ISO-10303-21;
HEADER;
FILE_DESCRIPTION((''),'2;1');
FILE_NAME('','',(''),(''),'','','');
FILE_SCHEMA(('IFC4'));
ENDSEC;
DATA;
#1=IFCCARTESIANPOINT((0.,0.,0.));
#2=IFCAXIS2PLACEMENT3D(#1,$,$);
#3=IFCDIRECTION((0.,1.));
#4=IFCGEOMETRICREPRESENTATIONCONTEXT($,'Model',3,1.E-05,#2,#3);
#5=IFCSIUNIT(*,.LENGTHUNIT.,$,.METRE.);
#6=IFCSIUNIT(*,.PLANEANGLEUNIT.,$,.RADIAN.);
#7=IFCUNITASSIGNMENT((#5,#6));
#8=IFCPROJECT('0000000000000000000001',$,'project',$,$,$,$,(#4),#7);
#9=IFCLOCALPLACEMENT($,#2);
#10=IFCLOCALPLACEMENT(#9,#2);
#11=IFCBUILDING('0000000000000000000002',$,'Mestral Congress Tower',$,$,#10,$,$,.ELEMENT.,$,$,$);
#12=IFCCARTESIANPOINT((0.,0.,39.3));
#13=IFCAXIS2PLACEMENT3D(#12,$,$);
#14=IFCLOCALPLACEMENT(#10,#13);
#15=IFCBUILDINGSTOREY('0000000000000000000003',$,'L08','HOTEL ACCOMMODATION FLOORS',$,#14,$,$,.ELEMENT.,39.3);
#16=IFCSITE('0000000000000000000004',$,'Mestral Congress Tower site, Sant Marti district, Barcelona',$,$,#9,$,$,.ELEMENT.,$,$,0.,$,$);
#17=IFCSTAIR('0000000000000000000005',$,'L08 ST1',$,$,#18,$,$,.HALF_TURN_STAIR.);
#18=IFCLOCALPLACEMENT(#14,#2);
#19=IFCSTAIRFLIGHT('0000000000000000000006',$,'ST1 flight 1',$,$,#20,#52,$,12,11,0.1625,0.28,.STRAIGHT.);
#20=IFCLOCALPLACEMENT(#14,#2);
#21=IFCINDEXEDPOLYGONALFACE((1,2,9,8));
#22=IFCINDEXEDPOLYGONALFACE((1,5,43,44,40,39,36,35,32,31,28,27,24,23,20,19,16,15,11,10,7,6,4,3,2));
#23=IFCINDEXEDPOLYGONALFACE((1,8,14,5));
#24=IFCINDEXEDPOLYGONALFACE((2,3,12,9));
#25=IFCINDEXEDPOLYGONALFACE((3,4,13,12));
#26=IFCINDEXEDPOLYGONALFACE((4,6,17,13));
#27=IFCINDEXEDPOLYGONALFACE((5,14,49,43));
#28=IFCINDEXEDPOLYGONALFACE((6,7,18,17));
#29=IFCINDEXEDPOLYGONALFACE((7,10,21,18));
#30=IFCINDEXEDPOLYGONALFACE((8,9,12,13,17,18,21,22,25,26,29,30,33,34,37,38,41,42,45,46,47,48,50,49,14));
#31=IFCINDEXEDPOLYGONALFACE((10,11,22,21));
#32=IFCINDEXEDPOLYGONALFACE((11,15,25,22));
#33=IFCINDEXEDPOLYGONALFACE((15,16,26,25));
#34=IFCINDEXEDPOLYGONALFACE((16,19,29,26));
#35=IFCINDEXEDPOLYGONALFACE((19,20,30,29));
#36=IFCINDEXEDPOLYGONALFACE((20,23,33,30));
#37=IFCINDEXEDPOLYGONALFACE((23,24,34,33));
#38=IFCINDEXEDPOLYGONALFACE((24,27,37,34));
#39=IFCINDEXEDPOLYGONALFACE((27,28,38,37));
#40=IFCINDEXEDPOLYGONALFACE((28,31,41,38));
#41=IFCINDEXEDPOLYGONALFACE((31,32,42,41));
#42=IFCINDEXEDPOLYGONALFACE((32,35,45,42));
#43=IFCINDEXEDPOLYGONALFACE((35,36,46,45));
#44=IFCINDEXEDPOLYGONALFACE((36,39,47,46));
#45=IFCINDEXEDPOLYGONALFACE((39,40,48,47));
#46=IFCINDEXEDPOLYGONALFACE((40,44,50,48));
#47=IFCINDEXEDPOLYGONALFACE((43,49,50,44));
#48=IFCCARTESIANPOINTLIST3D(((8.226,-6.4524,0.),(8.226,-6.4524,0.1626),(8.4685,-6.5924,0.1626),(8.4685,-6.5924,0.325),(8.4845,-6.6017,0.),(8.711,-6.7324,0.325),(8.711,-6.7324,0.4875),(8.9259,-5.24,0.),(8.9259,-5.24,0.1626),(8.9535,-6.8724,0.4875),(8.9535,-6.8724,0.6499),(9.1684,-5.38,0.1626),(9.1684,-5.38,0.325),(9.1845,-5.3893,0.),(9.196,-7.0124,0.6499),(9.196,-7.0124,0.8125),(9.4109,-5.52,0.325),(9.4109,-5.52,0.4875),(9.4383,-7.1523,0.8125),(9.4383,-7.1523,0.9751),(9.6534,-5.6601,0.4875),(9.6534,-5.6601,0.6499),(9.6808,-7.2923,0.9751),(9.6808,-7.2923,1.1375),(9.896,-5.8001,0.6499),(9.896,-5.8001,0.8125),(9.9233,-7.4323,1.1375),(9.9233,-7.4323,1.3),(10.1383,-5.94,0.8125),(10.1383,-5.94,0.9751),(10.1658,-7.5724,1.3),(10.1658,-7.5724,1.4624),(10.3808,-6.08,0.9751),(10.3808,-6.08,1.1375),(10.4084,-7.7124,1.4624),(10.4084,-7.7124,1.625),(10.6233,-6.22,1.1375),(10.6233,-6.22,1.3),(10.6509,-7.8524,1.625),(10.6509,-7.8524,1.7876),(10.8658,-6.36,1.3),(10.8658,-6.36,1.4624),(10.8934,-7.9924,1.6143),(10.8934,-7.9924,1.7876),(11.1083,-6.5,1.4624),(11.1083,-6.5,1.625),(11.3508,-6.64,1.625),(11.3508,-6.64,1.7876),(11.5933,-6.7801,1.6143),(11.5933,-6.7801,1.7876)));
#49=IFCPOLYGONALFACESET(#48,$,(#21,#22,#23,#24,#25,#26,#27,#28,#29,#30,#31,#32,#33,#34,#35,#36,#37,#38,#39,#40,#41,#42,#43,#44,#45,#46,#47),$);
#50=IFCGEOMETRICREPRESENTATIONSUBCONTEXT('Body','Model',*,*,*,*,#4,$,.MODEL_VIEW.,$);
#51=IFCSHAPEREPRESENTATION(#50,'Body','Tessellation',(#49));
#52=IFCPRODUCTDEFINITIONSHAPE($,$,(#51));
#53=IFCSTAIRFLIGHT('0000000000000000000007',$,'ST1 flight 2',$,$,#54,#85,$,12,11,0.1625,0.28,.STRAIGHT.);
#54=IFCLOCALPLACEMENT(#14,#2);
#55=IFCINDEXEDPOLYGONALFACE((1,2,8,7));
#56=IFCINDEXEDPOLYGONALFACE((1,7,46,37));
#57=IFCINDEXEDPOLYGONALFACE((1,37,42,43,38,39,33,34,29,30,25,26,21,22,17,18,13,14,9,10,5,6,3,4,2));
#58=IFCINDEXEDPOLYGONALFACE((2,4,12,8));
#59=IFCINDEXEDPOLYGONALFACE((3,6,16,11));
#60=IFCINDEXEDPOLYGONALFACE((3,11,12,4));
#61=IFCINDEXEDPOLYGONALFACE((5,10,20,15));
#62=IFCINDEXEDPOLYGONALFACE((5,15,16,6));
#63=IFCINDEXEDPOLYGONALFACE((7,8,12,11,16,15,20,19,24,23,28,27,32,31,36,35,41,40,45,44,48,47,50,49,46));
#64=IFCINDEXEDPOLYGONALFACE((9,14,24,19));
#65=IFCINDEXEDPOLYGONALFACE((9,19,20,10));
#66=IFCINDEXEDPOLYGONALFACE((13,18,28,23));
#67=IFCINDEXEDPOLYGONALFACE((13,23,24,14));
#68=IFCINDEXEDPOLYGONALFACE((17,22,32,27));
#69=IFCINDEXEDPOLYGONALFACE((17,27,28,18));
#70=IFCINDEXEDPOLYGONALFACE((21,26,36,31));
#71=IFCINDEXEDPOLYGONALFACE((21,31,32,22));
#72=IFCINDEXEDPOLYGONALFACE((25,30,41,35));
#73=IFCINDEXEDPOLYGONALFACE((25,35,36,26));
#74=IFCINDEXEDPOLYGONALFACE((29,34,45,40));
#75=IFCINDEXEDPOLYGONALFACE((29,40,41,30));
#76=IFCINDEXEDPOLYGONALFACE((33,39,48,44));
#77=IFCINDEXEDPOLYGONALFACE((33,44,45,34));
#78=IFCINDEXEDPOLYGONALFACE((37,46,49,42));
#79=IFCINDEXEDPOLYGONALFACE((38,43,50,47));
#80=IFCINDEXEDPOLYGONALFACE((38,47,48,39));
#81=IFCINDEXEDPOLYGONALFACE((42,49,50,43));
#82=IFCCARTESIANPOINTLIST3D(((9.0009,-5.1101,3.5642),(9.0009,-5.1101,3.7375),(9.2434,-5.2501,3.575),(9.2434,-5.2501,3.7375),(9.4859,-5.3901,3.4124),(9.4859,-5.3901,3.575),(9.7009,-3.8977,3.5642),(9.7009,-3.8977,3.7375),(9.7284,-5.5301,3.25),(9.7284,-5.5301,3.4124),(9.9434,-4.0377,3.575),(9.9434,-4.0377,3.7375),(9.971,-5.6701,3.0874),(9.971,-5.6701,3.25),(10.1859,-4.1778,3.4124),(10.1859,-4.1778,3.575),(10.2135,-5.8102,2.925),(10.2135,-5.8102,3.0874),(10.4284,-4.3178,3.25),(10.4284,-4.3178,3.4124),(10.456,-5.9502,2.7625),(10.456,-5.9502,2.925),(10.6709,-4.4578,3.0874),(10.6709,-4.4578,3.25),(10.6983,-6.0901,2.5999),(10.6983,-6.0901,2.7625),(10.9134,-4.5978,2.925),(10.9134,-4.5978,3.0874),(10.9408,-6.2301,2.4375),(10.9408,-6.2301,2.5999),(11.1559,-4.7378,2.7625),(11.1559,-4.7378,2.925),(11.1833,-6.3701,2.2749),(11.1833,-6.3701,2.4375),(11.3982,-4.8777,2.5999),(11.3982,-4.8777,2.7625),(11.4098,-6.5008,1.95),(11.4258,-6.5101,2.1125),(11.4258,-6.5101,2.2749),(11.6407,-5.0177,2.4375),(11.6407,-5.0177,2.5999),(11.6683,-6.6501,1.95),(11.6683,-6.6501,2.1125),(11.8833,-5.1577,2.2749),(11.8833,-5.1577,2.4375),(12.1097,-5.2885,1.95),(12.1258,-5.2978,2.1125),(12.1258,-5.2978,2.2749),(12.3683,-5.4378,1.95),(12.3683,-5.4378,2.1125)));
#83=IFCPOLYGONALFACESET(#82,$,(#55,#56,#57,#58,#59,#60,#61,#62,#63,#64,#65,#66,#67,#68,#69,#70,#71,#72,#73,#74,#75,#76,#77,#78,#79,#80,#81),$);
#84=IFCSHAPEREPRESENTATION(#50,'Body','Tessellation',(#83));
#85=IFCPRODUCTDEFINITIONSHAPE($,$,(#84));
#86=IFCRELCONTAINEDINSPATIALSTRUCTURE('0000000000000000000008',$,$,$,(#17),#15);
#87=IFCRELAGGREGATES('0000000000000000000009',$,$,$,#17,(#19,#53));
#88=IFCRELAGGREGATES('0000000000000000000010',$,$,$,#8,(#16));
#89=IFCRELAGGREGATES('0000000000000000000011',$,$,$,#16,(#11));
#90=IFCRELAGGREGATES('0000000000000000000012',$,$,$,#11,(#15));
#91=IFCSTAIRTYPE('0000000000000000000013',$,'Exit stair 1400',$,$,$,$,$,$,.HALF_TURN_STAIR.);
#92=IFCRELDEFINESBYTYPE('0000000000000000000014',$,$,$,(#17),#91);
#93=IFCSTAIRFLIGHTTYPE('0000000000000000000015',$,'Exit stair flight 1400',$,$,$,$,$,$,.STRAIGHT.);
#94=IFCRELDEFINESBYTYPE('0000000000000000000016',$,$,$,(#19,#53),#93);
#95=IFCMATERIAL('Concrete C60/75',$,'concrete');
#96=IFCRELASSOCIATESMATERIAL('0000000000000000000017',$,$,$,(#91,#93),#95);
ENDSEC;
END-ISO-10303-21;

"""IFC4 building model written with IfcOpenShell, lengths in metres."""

from ifc_helpers import new_model, si_unit, direction, frame, origin, place, context, subcontext, project, spatial, polyline, outline, extrude, material, type_object, element, aggregate, save


model = new_model("IFC4")

# Units and contexts
model_context = context("Model", 3, precision=1e-05, world=origin(), true_north=direction((0.0, 1.0)))
body_context = subcontext(model_context, "Body", "Model", "MODEL_VIEW")
ifc_project = project(units=[si_unit("LENGTHUNIT", "METRE"), si_unit("PLANEANGLEUNIT", "RADIAN")], contexts=[model_context])

# Site, building, storey
site_placement = place(None, origin())
site = spatial("IfcSite", under=ifc_project, at=site_placement, Name="Mestral Congress Tower site, Sant Marti district, Barcelona", CompositionType="ELEMENT", RefElevation=0.0)
building_placement = place(site_placement, origin())
building = spatial("IfcBuilding", under=site, at=building_placement, Name="Mestral Congress Tower", CompositionType="ELEMENT")
storey_placement = place(building_placement, frame((0.0, 0.0, 39.3)))
storey = spatial("IfcBuildingStorey", under=building, at=storey_placement, Name="L08", Description="HOTEL ACCOMMODATION FLOORS", CompositionType="ELEMENT", Elevation=39.3)

# Shared definitions
ifc_material_1 = material(Name="Concrete C60/75", Category="concrete")

# Stair, stair flights
stair_type = type_object("IfcStairType", Name="Exit stair 1400", PredefinedType="HALF_TURN_STAIR", material=ifc_material_1)
stair_placement = place(storey_placement, origin())
stair = element("IfcStair", 1, at=stair_placement, inside=storey, type_object=stair_type, Name="L08 ST1", PredefinedType="HALF_TURN_STAIR")
stair_flight_type = type_object("IfcStairFlightType", Name="Exit stair flight 1400", PredefinedType="STRAIGHT", material=ifc_material_1)
stair_flight_1_placement = place(storey_placement, frame((8.5759, -5.8462, 0.0), z_axis=(0.0, 0.0, 1.0), x_axis=(0.866025, -0.5, 0.0)))
stair_flight_1 = element("IfcStairFlight", 2, at=stair_flight_1_placement, type_object=stair_flight_type, Name="ST1 flight 1", NumberOfRisers=12, NumberOfTreads=11, PredefinedType="STRAIGHT", RiserHeight=0.1625, TreadLength=0.28, context=body_context, shape_type="SweptSolid", body=[
    extrude(outline(polyline([(0.0, 0.0), (0.0, 0.1626), (0.28, 0.1626), (0.28, 0.325), (0.5601, 0.325), (0.5601, 0.4875), (0.8401, 0.4875), (0.8401, 0.6499), (1.1201, 0.6499), (1.1201, 0.8125), (1.3999, 0.8125), (1.3999, 0.9751), (1.6799, 0.9751), (1.6799, 1.1375), (1.96, 1.1375), (1.96, 1.3), (2.24, 1.3), (2.24, 1.4624), (2.52, 1.4624), (2.52, 1.625), (2.8, 1.625), (2.8, 1.7876), (3.0801, 1.7876), (3.0801, 1.95), (3.0801, 1.6143), (0.2986, 0.0), (0.0, 0.0)])), frame((0.0, 0.7, 0.0), z_axis=(0.0, -1.0, 0.0), x_axis=(1.0, 0.0, 0.0)), (0.0, 0.0, 1.0), 1.3999),
])
stair_flight_2_placement = place(storey_placement, frame((12.0183, -6.0439, 1.95), z_axis=(0.0, 0.0, 1.0), x_axis=(-0.866025, 0.5, 0.0)))
stair_flight_2 = element("IfcStairFlight", 3, at=stair_flight_2_placement, type_object=stair_flight_type, Name="ST1 flight 2", NumberOfRisers=12, NumberOfTreads=11, PredefinedType="STRAIGHT", RiserHeight=0.1625, TreadLength=0.28, context=body_context, shape_type="SweptSolid", body=[
    extrude(outline(polyline([(0.0, 0.0), (0.0, 0.1626), (0.28, 0.1626), (0.28, 0.325), (0.5601, 0.325), (0.5601, 0.4875), (0.8401, 0.4875), (0.8401, 0.6499), (1.1201, 0.6499), (1.1201, 0.8125), (1.3999, 0.8125), (1.3999, 0.9751), (1.6799, 0.9751), (1.6799, 1.1375), (1.96, 1.1375), (1.96, 1.3), (2.24, 1.3), (2.24, 1.4624), (2.52, 1.4624), (2.52, 1.625), (2.8, 1.625), (2.8, 1.7876), (3.0801, 1.7876), (3.0801, 1.95), (3.0801, 1.6143), (0.2986, 0.0), (0.0, 0.0)])), frame((0.0, 0.7, 0.0), z_axis=(0.0, -1.0, 0.0), x_axis=(1.0, 0.0, 0.0)), (0.0, 0.0, 1.0), 1.3999),
])
aggregate(stair, [stair_flight_1, stair_flight_2])

save(model, "model.ifc")
